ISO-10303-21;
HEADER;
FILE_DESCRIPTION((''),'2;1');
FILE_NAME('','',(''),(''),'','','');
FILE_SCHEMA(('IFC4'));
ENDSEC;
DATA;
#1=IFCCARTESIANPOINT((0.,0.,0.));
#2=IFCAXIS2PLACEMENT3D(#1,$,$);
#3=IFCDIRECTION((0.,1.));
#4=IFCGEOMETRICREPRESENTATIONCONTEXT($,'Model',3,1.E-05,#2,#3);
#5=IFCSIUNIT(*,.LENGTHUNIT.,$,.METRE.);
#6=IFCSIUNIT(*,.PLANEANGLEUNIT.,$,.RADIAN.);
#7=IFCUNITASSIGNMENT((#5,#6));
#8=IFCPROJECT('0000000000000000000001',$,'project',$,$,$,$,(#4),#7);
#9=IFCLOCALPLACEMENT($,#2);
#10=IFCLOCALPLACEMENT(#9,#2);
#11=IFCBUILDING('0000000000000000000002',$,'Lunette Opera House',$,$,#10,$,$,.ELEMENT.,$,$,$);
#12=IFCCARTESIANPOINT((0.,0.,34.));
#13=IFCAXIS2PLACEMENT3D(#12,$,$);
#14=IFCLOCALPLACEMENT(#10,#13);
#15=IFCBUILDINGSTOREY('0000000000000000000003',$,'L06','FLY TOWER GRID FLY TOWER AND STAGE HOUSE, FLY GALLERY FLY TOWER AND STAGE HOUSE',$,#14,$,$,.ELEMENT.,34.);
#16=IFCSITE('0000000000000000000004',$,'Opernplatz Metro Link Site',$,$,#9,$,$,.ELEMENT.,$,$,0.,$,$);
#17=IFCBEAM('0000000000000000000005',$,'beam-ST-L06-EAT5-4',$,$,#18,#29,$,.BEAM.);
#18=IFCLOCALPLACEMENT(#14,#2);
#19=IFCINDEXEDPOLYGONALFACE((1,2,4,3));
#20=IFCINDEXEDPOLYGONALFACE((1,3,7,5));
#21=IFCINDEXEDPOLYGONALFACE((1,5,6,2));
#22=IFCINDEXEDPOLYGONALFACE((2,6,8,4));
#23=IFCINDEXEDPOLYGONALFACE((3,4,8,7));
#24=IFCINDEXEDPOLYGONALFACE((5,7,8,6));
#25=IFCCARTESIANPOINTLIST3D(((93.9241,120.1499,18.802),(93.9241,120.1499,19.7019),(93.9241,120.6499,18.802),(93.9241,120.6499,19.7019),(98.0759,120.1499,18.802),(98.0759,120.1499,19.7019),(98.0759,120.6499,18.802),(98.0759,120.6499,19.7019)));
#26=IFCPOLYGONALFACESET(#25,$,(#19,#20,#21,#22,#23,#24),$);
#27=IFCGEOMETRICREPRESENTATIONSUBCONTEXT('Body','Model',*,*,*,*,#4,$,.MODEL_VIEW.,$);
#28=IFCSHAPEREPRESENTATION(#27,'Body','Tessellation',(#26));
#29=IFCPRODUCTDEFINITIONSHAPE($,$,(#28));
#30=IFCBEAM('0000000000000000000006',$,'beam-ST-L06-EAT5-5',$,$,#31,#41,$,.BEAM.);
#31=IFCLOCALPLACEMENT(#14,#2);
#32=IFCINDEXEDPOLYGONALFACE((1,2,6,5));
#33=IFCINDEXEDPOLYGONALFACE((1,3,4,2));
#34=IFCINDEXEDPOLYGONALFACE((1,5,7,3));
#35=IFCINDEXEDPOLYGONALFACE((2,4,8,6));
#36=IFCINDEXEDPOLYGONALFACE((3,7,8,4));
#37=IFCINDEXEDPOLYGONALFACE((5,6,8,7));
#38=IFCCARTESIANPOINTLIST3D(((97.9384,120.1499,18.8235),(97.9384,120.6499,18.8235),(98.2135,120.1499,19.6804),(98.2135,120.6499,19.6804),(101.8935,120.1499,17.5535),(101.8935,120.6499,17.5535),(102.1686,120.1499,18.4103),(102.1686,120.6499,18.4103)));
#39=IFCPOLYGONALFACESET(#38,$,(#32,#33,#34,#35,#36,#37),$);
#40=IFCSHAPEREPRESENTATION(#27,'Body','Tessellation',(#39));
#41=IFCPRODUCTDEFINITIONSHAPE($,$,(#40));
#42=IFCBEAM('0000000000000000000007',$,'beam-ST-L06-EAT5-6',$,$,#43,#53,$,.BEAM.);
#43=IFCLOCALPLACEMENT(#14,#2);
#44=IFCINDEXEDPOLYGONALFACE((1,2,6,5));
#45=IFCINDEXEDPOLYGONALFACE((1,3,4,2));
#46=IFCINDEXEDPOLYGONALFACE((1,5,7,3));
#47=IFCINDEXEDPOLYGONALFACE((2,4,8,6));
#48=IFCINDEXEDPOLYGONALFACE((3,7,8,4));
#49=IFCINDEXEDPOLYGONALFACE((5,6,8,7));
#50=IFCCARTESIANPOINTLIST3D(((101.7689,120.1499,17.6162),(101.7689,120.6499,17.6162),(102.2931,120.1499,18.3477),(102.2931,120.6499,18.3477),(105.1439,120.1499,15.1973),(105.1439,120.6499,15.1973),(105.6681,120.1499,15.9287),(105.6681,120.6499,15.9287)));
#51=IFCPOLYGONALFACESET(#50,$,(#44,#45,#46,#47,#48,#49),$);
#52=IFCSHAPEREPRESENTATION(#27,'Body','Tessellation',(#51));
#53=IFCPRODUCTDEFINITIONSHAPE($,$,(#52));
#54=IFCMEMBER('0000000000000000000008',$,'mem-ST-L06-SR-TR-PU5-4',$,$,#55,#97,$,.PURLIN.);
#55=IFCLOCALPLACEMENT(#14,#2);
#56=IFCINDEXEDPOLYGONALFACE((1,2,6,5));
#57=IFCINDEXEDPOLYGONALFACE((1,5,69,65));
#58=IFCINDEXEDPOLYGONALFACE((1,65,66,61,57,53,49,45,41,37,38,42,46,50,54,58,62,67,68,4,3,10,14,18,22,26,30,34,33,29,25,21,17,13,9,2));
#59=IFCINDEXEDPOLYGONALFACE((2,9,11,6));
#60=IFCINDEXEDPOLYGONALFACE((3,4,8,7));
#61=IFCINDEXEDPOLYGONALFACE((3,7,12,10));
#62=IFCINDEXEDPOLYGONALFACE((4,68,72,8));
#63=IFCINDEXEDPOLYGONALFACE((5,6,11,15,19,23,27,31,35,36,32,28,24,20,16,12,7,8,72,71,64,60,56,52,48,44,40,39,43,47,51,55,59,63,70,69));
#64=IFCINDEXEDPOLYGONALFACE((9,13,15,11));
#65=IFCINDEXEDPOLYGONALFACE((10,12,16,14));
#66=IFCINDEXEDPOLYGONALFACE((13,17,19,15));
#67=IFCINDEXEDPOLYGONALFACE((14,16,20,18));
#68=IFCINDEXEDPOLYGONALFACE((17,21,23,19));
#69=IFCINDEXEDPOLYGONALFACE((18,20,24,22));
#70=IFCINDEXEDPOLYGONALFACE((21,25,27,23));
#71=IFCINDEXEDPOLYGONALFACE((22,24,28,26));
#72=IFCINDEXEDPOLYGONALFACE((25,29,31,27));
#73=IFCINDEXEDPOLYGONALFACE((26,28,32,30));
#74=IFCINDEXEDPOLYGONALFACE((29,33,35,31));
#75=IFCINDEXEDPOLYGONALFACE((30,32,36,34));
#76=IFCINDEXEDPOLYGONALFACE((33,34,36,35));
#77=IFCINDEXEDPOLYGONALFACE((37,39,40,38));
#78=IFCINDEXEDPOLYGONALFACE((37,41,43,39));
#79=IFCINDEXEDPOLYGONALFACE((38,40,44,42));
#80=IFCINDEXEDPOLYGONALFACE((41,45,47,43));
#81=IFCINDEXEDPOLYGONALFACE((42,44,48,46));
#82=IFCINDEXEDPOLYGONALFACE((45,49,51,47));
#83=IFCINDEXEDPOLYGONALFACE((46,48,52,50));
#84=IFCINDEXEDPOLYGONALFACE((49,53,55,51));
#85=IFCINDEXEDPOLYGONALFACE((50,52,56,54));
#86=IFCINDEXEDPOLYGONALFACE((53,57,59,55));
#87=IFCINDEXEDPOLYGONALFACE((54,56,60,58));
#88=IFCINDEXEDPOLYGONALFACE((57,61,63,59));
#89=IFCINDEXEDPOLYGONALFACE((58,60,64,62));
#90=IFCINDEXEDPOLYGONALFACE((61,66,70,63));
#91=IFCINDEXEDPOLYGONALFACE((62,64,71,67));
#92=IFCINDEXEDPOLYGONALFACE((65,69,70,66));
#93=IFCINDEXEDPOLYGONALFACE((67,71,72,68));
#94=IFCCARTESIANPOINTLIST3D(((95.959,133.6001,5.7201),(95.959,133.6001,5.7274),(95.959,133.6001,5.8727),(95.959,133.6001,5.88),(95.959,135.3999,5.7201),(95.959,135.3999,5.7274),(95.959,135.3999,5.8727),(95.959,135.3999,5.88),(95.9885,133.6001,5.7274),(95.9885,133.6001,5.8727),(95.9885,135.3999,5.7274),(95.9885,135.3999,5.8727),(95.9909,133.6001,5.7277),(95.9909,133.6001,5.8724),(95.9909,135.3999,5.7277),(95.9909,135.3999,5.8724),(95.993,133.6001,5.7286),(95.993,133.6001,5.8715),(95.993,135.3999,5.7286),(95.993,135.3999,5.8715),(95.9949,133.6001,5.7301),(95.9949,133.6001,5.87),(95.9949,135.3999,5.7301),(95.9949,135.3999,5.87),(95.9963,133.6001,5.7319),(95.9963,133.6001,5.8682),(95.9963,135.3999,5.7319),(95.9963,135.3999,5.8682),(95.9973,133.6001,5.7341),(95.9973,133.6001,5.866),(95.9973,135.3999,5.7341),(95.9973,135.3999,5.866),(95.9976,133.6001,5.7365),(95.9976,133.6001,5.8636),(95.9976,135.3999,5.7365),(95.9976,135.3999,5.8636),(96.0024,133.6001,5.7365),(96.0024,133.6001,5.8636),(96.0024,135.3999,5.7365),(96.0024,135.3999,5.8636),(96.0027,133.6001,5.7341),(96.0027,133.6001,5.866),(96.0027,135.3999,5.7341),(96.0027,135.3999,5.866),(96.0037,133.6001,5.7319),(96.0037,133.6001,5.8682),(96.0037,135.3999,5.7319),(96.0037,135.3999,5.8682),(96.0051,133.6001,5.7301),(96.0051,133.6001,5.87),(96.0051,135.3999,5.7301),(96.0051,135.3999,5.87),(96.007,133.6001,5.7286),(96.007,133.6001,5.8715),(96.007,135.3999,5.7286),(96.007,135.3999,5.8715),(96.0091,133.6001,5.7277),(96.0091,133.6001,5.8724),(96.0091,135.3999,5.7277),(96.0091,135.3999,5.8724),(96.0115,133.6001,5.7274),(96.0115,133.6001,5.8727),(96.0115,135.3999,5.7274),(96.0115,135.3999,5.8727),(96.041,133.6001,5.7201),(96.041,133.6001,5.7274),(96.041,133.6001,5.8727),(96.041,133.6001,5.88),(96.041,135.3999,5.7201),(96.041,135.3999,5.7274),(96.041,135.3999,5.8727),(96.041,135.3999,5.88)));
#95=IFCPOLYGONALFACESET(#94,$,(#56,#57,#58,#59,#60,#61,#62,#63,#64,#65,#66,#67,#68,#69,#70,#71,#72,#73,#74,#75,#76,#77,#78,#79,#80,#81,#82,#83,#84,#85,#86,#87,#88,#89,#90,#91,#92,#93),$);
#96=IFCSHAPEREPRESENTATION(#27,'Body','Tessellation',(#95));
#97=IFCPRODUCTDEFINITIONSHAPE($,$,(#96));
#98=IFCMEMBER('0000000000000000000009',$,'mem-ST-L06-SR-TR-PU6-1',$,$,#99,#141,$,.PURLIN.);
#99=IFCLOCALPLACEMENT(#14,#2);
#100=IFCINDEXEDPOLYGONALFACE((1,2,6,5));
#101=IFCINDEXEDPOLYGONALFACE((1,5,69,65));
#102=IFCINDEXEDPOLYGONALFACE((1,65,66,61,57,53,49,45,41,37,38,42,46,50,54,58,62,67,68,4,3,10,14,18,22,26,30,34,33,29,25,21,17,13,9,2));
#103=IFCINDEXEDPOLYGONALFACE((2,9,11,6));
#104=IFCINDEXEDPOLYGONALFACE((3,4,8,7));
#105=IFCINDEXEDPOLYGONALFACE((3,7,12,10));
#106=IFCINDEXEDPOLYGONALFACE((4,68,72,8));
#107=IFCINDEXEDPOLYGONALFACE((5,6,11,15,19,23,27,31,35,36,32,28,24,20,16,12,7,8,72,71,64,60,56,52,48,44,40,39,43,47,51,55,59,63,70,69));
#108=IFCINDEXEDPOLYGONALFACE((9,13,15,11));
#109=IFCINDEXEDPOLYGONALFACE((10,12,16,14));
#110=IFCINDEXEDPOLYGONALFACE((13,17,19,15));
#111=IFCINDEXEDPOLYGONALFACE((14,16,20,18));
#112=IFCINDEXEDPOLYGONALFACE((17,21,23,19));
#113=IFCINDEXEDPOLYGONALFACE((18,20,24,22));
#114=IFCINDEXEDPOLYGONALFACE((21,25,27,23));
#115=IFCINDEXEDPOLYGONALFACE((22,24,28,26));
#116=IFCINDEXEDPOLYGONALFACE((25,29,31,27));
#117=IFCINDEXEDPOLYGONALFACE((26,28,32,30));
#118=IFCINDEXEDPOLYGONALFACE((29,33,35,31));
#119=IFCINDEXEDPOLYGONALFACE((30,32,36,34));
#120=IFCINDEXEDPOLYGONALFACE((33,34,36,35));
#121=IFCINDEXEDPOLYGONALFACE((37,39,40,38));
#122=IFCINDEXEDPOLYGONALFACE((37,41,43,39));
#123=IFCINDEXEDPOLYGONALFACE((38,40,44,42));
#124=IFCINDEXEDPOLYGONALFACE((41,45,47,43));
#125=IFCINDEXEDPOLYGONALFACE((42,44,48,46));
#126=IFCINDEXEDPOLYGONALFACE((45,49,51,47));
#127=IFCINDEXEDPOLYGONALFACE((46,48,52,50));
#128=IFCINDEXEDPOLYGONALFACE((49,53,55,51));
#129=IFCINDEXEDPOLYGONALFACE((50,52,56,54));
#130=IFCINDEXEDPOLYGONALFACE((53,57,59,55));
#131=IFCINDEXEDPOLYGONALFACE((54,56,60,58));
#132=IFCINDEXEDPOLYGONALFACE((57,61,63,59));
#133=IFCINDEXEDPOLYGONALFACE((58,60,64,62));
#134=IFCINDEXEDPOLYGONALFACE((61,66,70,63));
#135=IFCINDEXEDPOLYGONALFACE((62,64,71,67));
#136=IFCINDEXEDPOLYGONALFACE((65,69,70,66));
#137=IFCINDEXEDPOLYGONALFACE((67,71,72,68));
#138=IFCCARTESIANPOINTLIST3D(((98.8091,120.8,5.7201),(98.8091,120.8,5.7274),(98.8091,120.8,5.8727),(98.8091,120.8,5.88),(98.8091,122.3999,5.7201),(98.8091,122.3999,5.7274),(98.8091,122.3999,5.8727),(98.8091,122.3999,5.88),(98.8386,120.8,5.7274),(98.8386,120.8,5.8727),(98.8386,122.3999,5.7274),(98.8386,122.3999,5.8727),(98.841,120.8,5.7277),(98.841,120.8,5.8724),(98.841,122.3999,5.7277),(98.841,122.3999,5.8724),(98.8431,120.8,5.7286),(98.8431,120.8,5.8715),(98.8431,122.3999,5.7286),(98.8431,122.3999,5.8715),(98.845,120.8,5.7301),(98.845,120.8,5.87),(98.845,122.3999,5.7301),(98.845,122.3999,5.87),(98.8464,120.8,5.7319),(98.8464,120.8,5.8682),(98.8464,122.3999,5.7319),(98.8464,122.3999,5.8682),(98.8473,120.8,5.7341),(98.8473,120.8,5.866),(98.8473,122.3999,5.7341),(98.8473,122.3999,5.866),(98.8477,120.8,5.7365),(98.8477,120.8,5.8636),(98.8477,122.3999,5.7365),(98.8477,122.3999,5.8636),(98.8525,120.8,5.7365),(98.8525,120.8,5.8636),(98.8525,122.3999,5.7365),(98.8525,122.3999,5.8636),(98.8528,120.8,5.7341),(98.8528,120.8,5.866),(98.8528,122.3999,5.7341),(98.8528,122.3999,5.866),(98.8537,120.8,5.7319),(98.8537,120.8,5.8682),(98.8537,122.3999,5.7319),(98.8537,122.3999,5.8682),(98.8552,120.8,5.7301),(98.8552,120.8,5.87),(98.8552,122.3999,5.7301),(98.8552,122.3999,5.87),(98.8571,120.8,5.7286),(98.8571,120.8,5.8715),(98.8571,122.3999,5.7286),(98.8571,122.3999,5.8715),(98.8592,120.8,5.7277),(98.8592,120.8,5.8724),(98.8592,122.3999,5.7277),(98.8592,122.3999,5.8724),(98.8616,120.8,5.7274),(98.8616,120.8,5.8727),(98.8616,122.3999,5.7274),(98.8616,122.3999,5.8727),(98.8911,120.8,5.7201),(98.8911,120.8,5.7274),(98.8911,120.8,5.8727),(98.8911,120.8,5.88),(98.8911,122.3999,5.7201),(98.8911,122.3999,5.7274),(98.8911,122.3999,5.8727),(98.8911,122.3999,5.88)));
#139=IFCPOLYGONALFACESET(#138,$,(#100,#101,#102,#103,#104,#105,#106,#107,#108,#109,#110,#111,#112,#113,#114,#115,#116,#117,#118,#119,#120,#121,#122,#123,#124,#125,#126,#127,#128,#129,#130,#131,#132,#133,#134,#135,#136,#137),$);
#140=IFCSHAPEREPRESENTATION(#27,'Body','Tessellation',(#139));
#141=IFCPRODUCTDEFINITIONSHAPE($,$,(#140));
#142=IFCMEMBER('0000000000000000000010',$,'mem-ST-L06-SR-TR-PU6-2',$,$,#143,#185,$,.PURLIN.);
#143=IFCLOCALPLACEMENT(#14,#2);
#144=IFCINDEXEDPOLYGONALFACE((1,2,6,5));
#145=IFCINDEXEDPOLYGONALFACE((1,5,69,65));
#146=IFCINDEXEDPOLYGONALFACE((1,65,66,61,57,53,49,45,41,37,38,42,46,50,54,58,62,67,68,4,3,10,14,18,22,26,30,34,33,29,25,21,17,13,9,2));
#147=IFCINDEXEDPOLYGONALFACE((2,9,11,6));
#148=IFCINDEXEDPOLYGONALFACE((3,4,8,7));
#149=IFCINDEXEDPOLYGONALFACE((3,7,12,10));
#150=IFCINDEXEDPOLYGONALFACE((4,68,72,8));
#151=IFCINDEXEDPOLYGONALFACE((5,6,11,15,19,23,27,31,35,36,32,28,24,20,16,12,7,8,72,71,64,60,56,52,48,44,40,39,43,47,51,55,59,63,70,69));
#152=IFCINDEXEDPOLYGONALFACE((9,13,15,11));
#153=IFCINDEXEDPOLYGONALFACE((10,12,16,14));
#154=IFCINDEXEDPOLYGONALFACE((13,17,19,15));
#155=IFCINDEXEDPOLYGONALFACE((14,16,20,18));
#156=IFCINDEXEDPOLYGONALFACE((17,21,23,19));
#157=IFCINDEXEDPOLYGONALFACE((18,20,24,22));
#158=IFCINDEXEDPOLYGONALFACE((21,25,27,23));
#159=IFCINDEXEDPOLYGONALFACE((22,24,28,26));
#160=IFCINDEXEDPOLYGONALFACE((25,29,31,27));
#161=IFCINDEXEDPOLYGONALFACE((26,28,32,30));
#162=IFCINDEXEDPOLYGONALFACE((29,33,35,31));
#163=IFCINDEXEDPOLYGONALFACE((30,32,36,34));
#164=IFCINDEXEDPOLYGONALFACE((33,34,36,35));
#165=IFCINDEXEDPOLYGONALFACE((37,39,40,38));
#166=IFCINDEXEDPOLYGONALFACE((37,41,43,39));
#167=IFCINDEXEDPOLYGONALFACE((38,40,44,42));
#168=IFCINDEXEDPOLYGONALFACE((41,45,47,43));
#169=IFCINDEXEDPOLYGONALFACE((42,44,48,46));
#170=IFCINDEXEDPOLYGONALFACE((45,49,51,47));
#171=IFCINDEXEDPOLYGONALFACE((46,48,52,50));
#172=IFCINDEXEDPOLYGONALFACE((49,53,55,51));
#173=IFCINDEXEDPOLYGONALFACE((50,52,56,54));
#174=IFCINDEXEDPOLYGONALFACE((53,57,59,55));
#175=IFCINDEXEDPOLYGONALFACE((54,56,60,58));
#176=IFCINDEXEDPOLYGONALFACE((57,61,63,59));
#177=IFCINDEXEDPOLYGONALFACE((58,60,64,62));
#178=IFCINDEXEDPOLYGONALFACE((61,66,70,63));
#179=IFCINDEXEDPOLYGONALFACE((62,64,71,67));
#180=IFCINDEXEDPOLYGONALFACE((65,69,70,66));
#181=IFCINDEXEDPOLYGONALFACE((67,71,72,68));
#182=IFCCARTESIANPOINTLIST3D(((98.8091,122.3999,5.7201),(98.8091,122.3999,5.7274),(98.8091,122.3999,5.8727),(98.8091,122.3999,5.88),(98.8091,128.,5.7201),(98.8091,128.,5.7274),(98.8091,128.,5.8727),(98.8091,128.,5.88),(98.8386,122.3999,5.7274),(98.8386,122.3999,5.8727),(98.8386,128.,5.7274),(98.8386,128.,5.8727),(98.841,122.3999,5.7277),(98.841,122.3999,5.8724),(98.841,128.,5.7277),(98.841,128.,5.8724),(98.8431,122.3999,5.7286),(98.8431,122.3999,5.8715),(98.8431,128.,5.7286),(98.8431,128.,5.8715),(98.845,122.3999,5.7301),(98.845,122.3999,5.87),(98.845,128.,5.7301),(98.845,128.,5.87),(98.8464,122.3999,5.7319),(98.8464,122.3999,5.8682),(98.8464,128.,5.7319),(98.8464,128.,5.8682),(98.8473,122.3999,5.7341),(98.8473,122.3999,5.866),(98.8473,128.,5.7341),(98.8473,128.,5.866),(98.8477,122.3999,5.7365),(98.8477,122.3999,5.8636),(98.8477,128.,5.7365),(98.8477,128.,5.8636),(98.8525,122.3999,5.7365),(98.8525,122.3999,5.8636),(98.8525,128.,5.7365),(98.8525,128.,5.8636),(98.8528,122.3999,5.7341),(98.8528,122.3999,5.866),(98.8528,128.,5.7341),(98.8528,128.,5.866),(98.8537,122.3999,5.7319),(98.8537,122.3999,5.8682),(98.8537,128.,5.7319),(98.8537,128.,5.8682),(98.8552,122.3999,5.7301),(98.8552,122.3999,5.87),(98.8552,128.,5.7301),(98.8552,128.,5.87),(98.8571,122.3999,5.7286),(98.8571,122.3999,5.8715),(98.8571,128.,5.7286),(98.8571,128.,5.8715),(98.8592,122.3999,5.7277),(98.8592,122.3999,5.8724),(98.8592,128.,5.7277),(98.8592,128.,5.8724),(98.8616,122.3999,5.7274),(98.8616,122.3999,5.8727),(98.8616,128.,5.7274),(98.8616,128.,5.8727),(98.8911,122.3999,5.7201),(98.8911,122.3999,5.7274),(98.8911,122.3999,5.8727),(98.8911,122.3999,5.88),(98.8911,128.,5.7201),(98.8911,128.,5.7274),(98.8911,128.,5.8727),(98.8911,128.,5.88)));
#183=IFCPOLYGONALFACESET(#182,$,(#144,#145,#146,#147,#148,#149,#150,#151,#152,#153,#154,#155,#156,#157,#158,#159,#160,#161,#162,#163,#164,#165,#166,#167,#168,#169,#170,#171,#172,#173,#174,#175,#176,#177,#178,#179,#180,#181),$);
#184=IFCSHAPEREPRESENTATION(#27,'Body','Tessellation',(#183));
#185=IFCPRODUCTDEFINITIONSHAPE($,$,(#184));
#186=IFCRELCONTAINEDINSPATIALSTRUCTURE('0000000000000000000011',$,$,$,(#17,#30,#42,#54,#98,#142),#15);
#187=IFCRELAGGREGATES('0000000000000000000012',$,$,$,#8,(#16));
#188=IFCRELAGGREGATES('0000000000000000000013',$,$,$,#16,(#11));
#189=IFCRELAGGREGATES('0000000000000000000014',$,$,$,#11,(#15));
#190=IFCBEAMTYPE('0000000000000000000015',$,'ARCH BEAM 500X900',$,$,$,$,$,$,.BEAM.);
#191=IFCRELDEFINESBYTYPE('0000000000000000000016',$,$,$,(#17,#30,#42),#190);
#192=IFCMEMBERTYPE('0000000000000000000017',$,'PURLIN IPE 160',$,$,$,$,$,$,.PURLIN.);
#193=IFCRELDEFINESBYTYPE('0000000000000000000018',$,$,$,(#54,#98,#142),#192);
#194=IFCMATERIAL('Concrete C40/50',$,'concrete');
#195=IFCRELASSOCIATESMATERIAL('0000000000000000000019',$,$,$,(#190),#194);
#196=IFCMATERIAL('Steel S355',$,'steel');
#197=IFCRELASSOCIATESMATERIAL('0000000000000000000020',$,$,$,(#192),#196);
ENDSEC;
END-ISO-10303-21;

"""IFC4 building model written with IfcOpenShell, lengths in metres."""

from ifc_helpers import new_model, si_unit, direction, frame, origin, origin_2d, place, context, subcontext, project, spatial, rectangle, i_section, extrude, material, material_profile, profile_set, type_object, element, save


model = new_model("IFC4")

# Units and contexts
model_context = context("Model", 3, precision=1e-05, world=origin(), true_north=direction((0.0, 1.0)))
body_context = subcontext(model_context, "Body", "Model", "MODEL_VIEW")
ifc_project = project(units=[si_unit("LENGTHUNIT", "METRE"), si_unit("PLANEANGLEUNIT", "RADIAN")], contexts=[model_context])

# Site, building, storey
site_placement = place(None, origin())
site = spatial("IfcSite", under=ifc_project, at=site_placement, Name="Opernplatz Metro Link Site", CompositionType="ELEMENT", RefElevation=0.0)
building_placement = place(site_placement, origin())
building = spatial("IfcBuilding", under=site, at=building_placement, Name="Lunette Opera House", CompositionType="ELEMENT")
storey_placement = place(building_placement, frame((0.0, 0.0, 34.0)))
storey = spatial("IfcBuildingStorey", under=building, at=storey_placement, Name="L06", Description="FLY TOWER GRID FLY TOWER AND STAGE HOUSE, FLY GALLERY FLY TOWER AND STAGE HOUSE", CompositionType="ELEMENT", Elevation=34.0)

# Beams
ifc_material_1 = material(Name="Concrete C40/50", Category="concrete")
ifc_material_profile_1 = material_profile(ifc_material_1, rectangle(XDim=0.5, YDim=0.8999, at=origin_2d()), Name="ARCH BEAM 500X900")
ifc_profile_set_1 = profile_set([ifc_material_profile_1], Name="Concrete C40/50")
beam_type = type_object("IfcBeamType", Name="ARCH BEAM 500X900", PredefinedType="BEAM", material=ifc_profile_set_1)
beam_1_placement = place(storey_placement, frame((93.9241, 120.3999, 19.252), z_axis=(1.0, 0.0, 0.0), x_axis=(0.0, 1.0, 0.0)))
element("IfcBeam", 1, at=beam_1_placement, inside=storey, type_object=beam_type, Name="beam-ST-L06-EAT5-4", PredefinedType="BEAM", context=body_context, shape_type="SweptSolid", body=[
    extrude(rectangle(XDim=0.5, YDim=0.8999, at=origin_2d()), origin(), (0.0, 0.0, 1.0), 4.1519),
])
beam_2_placement = place(storey_placement, frame((98.0759, 120.3999, 19.252), z_axis=(0.952117, 0.0, -0.305735), x_axis=(0.0, 1.0, 0.0)))
element("IfcBeam", 2, at=beam_2_placement, inside=storey, type_object=beam_type, Name="beam-ST-L06-EAT5-5", PredefinedType="BEAM", context=body_context, shape_type="SweptSolid", body=[
    extrude(rectangle(XDim=0.5, YDim=0.8999, at=origin_2d()), origin(), (0.0, 0.0, 1.0), 4.1541),
])
beam_3_placement = place(storey_placement, frame((102.031, 120.3999, 17.9819), z_axis=(0.812795, 0.0, -0.58255), x_axis=(0.0, 1.0, 0.0)))
element("IfcBeam", 3, at=beam_3_placement, inside=storey, type_object=beam_type, Name="beam-ST-L06-EAT5-6", PredefinedType="BEAM", context=body_context, shape_type="SweptSolid", body=[
    extrude(rectangle(XDim=0.5, YDim=0.8999, at=origin_2d()), origin(), (0.0, 0.0, 1.0), 4.1523),
])

# Members
ifc_material_2 = material(Name="Steel S355", Category="steel")
ifc_material_profile_2 = material_profile(ifc_material_2, i_section(OverallWidth=0.082, OverallDepth=0.1599, WebThickness=0.0049, FlangeThickness=0.0073, FilletRadius=0.009, at=origin_2d()), Name="IPE 160")
ifc_profile_set_2 = profile_set([ifc_material_profile_2], Name="Steel S355")
member_type = type_object("IfcMemberType", Name="PURLIN IPE 160", PredefinedType="PURLIN", material=ifc_profile_set_2)
member_1_placement = place(storey_placement, frame((96.0, 133.6001, 5.8), z_axis=(0.0, 1.0, 0.0), x_axis=(-1.0, 0.0, 0.0)))
element("IfcMember", 4, at=member_1_placement, inside=storey, type_object=member_type, Name="mem-ST-L06-SR-TR-PU5-4", PredefinedType="PURLIN", context=body_context, shape_type="SweptSolid", body=[
    extrude(i_section(OverallWidth=0.082, OverallDepth=0.1599, WebThickness=0.0049, FlangeThickness=0.0073, FilletRadius=0.009, at=origin_2d()), origin(), (0.0, 0.0, 1.0), 1.7998),
])
member_2_placement = place(storey_placement, frame((98.8501, 120.8, 5.8), z_axis=(0.0, 1.0, 0.0), x_axis=(-1.0, 0.0, 0.0)))
element("IfcMember", 5, at=member_2_placement, inside=storey, type_object=member_type, Name="mem-ST-L06-SR-TR-PU6-1", PredefinedType="PURLIN", context=body_context, shape_type="SweptSolid", body=[
    extrude(i_section(OverallWidth=0.082, OverallDepth=0.1599, WebThickness=0.0049, FlangeThickness=0.0073, FilletRadius=0.009, at=origin_2d()), origin(), (0.0, 0.0, 1.0), 1.5999),
])
for number, where, z_axis, x_axis, name in (
    (6, (98.8501, 122.3999, 5.8), (0.0, 1.0, 0.0), (-1.0, 0.0, 0.0), "mem-ST-L06-SR-TR-PU6-2"),
):
    element("IfcMember", number, at=place(storey_placement, frame(where, z_axis=z_axis, x_axis=x_axis)), inside=storey, type_object=member_type, Name=name, PredefinedType="PURLIN", context=body_context, shape_type="SweptSolid", body=[
        extrude(i_section(OverallWidth=0.082, OverallDepth=0.1599, WebThickness=0.0049, FlangeThickness=0.0073, FilletRadius=0.009, at=origin_2d()), origin(), (0.0, 0.0, 1.0), 5.6001),
    ])

save(model, "model.ifc")
